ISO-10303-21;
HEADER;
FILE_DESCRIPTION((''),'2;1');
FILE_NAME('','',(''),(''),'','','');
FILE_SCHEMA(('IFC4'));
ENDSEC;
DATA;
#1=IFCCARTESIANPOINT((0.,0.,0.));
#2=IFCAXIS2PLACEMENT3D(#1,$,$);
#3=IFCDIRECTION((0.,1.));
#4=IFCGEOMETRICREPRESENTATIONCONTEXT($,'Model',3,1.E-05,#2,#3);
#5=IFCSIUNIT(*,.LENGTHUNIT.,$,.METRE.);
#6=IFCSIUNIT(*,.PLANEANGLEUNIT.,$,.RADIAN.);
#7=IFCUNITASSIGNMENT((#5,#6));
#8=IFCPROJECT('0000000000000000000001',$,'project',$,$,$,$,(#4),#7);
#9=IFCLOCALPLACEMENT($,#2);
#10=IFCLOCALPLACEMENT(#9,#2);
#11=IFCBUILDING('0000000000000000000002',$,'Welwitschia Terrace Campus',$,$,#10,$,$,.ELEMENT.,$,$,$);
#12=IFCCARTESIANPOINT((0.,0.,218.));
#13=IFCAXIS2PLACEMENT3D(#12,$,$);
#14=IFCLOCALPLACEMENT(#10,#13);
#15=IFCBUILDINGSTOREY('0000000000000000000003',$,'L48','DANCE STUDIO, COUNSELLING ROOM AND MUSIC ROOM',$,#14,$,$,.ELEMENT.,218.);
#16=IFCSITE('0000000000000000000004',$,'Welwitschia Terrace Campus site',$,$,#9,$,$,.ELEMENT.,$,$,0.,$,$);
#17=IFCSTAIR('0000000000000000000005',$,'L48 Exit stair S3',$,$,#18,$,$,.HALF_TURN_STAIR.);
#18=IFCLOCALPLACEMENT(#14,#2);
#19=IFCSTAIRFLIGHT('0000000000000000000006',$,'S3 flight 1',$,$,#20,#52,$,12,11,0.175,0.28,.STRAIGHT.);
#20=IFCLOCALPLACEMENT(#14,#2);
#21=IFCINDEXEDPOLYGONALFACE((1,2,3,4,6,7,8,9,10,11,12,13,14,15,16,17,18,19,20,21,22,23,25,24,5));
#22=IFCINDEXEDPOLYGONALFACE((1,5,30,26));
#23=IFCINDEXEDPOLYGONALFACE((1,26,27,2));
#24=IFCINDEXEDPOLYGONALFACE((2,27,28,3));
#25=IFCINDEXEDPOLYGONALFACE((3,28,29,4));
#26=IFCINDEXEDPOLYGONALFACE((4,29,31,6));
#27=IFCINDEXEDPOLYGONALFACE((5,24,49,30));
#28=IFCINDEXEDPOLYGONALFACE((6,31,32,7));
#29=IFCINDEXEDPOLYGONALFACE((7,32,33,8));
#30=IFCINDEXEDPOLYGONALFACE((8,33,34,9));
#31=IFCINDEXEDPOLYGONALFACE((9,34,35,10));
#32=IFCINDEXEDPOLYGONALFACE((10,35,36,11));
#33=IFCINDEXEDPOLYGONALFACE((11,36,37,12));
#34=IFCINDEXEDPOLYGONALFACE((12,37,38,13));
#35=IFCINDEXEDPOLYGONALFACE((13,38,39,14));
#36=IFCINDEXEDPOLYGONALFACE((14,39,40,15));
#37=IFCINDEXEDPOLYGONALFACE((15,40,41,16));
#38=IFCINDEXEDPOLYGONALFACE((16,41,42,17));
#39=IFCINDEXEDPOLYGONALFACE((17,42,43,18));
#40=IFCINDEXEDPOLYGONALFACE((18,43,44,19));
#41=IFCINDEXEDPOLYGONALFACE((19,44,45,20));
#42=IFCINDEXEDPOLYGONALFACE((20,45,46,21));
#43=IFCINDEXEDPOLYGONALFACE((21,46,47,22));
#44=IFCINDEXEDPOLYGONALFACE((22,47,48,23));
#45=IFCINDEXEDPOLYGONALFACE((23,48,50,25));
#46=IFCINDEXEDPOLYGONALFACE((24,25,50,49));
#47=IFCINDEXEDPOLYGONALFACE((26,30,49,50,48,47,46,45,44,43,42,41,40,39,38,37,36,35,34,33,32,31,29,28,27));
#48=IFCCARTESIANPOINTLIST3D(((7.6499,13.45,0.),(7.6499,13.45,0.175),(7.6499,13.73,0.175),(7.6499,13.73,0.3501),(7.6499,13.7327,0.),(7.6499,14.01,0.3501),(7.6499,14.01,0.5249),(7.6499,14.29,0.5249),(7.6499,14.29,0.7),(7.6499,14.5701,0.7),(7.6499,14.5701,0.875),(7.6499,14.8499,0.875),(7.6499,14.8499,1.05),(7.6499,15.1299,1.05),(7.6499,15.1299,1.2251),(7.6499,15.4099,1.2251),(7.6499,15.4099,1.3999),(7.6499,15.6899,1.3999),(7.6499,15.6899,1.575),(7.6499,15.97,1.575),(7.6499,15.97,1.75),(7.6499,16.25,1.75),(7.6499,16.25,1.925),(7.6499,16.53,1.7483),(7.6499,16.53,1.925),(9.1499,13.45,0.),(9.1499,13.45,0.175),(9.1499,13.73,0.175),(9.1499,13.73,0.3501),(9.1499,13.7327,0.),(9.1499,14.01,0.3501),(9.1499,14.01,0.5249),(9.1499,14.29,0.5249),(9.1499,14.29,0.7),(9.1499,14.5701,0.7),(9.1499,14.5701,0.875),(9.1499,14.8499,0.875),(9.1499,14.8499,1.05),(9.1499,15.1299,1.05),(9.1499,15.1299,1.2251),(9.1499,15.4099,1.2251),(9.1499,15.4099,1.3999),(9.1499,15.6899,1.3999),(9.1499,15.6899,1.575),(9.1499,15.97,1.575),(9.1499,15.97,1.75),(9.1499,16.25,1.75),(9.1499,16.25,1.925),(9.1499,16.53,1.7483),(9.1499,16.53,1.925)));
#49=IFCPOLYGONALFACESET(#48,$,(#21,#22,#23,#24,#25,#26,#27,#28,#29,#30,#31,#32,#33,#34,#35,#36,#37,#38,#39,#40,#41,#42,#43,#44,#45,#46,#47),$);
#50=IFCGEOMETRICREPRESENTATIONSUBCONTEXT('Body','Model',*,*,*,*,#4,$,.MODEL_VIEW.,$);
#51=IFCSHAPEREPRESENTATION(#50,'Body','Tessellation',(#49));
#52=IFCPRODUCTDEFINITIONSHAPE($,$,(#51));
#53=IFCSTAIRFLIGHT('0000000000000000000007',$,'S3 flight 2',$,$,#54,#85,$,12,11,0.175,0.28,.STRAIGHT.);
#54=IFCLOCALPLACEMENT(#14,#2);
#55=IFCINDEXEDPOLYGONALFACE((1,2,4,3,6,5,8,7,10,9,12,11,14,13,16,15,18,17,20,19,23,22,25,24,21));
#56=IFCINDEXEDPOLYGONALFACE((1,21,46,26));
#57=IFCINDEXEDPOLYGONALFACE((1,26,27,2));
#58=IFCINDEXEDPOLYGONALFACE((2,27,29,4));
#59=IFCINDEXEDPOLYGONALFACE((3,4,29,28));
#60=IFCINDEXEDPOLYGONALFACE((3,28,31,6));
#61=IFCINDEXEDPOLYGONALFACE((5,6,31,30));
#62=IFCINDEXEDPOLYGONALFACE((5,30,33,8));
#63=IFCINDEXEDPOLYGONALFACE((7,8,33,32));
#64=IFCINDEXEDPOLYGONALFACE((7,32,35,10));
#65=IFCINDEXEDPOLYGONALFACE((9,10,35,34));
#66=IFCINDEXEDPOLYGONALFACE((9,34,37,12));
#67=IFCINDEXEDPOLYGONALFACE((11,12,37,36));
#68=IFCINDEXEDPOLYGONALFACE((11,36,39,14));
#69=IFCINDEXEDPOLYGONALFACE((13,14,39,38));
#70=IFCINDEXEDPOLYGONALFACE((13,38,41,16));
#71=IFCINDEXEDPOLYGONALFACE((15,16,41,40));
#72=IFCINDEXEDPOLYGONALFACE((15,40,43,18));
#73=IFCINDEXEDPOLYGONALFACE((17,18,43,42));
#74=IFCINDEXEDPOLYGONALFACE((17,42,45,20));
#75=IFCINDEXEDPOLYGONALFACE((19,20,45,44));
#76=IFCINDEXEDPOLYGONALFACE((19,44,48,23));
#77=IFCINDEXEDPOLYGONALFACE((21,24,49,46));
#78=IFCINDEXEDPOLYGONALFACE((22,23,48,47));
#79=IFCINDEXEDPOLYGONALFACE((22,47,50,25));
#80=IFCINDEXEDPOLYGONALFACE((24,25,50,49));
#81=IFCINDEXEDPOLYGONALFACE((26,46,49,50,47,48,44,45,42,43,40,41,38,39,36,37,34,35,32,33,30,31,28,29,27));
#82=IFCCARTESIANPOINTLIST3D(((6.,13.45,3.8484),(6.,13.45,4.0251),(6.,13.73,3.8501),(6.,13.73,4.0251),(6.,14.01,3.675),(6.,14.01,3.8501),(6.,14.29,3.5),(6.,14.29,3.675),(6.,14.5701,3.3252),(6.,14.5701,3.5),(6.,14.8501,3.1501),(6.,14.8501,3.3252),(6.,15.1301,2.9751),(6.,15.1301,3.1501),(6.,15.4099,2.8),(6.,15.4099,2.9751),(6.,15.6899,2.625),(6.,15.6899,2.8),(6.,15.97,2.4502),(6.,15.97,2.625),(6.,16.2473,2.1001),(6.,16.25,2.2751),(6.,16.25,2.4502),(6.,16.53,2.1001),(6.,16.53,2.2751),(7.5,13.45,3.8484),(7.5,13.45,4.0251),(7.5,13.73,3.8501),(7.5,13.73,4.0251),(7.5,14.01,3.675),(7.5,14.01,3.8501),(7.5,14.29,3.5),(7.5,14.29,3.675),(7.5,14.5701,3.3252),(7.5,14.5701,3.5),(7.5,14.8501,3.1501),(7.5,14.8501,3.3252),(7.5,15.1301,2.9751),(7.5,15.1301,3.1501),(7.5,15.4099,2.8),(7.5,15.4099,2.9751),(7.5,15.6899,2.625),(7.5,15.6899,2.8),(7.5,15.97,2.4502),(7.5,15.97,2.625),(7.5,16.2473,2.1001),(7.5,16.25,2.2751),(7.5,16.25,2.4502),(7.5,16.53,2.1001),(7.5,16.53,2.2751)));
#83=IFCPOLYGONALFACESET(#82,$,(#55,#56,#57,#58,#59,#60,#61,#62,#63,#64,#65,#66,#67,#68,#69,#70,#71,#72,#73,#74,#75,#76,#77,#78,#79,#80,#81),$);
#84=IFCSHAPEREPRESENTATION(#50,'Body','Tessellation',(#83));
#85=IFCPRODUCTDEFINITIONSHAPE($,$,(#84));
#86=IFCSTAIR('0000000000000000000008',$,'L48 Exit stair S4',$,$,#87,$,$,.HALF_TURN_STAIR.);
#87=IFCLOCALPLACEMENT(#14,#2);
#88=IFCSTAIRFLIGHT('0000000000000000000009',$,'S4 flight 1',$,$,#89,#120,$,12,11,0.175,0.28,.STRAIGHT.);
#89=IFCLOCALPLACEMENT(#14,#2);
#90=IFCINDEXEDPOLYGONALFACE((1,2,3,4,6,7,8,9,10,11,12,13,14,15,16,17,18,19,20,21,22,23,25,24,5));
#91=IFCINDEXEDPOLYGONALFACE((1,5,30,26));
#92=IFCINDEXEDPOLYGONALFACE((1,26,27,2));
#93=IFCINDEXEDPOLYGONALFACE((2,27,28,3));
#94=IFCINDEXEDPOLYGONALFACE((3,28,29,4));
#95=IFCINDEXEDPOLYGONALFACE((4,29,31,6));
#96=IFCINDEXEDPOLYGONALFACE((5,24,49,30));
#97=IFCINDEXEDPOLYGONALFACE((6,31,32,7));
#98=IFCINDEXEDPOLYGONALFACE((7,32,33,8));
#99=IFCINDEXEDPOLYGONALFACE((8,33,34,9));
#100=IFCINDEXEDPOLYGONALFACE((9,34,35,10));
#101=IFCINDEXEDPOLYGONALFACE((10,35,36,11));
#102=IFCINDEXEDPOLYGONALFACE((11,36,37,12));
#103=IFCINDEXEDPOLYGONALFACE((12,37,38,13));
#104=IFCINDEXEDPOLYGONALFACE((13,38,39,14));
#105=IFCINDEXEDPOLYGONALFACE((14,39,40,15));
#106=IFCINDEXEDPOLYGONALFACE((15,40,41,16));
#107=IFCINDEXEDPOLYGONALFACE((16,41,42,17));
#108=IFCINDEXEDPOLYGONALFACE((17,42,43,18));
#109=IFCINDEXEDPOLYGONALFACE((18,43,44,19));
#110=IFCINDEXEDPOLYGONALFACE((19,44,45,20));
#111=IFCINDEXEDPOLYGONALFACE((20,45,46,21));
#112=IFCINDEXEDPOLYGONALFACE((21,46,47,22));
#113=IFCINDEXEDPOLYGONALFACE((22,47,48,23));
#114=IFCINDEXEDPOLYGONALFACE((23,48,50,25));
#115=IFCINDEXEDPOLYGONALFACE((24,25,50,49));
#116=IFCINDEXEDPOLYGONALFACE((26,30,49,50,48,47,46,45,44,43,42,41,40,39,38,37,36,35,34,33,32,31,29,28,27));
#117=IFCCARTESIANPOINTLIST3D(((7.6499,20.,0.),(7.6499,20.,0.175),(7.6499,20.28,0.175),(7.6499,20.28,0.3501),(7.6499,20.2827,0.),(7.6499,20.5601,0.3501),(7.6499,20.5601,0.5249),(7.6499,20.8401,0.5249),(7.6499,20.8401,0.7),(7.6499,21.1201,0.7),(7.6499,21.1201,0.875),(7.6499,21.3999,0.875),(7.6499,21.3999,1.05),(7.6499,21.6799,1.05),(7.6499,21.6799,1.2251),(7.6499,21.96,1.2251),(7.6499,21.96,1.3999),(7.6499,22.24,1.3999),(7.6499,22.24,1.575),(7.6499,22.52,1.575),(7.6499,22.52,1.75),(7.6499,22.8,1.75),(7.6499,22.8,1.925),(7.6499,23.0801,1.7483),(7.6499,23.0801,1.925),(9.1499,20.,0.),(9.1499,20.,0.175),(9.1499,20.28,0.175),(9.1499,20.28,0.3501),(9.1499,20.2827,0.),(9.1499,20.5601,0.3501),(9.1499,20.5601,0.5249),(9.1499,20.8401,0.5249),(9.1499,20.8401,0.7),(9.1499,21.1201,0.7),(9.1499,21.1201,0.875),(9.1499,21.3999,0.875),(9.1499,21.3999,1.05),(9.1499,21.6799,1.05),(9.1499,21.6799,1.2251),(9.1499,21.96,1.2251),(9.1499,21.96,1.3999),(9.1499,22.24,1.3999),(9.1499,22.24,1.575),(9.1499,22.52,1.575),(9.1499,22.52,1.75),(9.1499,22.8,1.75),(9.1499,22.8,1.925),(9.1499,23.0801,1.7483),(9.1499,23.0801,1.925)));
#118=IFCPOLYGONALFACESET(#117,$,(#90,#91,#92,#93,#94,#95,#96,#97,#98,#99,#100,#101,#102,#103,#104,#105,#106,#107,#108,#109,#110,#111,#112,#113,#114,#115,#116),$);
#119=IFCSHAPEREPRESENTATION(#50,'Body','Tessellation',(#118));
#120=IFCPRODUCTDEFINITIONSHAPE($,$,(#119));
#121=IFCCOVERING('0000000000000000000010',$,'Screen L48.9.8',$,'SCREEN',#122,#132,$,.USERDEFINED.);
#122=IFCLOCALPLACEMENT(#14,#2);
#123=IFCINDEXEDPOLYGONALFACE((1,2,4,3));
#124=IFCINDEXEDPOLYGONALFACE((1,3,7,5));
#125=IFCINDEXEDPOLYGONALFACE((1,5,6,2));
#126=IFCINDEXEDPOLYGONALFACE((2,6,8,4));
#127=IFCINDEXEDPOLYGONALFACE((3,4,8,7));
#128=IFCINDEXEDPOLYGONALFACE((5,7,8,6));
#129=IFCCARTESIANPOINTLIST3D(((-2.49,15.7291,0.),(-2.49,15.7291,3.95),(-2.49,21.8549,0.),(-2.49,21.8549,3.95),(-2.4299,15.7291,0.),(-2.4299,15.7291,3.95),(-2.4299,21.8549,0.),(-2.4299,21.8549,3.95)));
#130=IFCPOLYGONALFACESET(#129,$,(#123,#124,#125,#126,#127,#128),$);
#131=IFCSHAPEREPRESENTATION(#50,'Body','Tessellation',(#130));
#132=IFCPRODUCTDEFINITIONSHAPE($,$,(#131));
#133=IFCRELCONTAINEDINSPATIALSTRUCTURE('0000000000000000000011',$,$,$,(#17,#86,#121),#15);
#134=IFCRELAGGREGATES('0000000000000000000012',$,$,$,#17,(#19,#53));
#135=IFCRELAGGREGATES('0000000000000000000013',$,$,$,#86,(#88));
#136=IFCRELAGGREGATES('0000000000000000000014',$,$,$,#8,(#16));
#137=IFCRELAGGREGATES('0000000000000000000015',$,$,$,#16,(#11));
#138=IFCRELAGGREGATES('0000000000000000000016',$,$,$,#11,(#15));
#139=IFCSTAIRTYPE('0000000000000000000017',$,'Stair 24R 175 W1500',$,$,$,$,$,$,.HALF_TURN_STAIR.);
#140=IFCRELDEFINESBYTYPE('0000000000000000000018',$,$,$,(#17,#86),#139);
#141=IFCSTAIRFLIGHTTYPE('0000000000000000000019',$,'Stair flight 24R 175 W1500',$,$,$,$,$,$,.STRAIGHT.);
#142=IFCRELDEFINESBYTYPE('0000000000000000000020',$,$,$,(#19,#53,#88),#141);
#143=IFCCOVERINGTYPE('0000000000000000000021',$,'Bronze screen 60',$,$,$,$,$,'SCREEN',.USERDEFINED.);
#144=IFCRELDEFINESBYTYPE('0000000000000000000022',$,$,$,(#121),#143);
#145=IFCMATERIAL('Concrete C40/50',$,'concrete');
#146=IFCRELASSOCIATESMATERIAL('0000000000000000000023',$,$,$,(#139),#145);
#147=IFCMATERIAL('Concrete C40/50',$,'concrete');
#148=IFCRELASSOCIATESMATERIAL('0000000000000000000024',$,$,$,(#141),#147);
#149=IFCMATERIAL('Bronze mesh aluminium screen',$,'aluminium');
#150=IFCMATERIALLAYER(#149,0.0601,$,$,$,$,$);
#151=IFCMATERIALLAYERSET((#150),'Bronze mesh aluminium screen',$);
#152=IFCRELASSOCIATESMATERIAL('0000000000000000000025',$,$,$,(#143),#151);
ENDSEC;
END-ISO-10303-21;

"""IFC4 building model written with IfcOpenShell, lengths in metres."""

from ifc_helpers import new_model, si_unit, direction, frame, origin, origin_2d, place, context, subcontext, project, spatial, polyline, rectangle, outline, extrude, material, layer, layer_set, type_object, element, aggregate, save


model = new_model("IFC4")

# Units and contexts
model_context = context("Model", 3, precision=1e-05, world=origin(), true_north=direction((0.0, 1.0)))
body_context = subcontext(model_context, "Body", "Model", "MODEL_VIEW")
ifc_project = project(units=[si_unit("LENGTHUNIT", "METRE"), si_unit("PLANEANGLEUNIT", "RADIAN")], contexts=[model_context])

# Site, building, storey
site_placement = place(None, origin())
site = spatial("IfcSite", under=ifc_project, at=site_placement, Name="Welwitschia Terrace Campus site", CompositionType="ELEMENT", RefElevation=0.0)
building_placement = place(site_placement, origin())
building = spatial("IfcBuilding", under=site, at=building_placement, Name="Welwitschia Terrace Campus", CompositionType="ELEMENT")
storey_placement = place(building_placement, frame((0.0, 0.0, 218.0)))
storey = spatial("IfcBuildingStorey", under=building, at=storey_placement, Name="L48", Description="DANCE STUDIO, COUNSELLING ROOM AND MUSIC ROOM", CompositionType="ELEMENT", Elevation=218.0)

# Stair, stair flights
ifc_material_1 = material(Name="Concrete C40/50", Category="concrete")
stair_type = type_object("IfcStairType", Name="Stair 24R 175 W1500", PredefinedType="HALF_TURN_STAIR", material=ifc_material_1)
stair_1_placement = place(storey_placement, origin())
stair_1 = element("IfcStair", 1, at=stair_1_placement, inside=storey, type_object=stair_type, Name="L48 Exit stair S3", PredefinedType="HALF_TURN_STAIR")
ifc_material_2 = material(Name="Concrete C40/50", Category="concrete")
stair_flight_type = type_object("IfcStairFlightType", Name="Stair flight 24R 175 W1500", PredefinedType="STRAIGHT", material=ifc_material_2)
stair_flight_1_placement = place(storey_placement, frame((8.3999, 13.45, 0.0), z_axis=(0.0, 0.0, 1.0), x_axis=(0.0, 1.0, 0.0)))
stair_flight_1 = element("IfcStairFlight", 2, at=stair_flight_1_placement, type_object=stair_flight_type, Name="S3 flight 1", NumberOfRisers=12, NumberOfTreads=11, PredefinedType="STRAIGHT", RiserHeight=0.175, TreadLength=0.28, context=body_context, shape_type="SweptSolid", body=[
    extrude(outline(polyline([(0.0, 0.0), (0.0, 0.175), (0.28, 0.175), (0.28, 0.3501), (0.5601, 0.3501), (0.5601, 0.5249), (0.8401, 0.5249), (0.8401, 0.7), (1.1201, 0.7), (1.1201, 0.875), (1.3999, 0.875), (1.3999, 1.05), (1.6799, 1.05), (1.6799, 1.2251), (1.96, 1.2251), (1.96, 1.3999), (2.24, 1.3999), (2.24, 1.575), (2.52, 1.575), (2.52, 1.75), (2.8, 1.75), (2.8, 1.925), (3.0801, 1.925), (3.0801, 2.1001), (3.0801, 1.7483), (0.2827, 0.0), (0.0, 0.0)])), frame((0.0, 0.75, 0.0), z_axis=(0.0, -1.0, 0.0), x_axis=(1.0, 0.0, 0.0)), (0.0, 0.0, 1.0), 1.5),
])
stair_flight_2_placement = place(storey_placement, frame((6.75, 16.53, 2.1001), z_axis=(0.0, 0.0, 1.0), x_axis=(0.0, -1.0, 0.0)))
stair_flight_2 = element("IfcStairFlight", 3, at=stair_flight_2_placement, type_object=stair_flight_type, Name="S3 flight 2", NumberOfRisers=12, NumberOfTreads=11, PredefinedType="STRAIGHT", RiserHeight=0.175, TreadLength=0.28, context=body_context, shape_type="SweptSolid", body=[
    extrude(outline(polyline([(0.0, 0.0), (0.0, 0.175), (0.28, 0.175), (0.28, 0.3501), (0.5601, 0.3501), (0.5601, 0.5249), (0.8401, 0.5249), (0.8401, 0.7), (1.1201, 0.7), (1.1201, 0.875), (1.3999, 0.875), (1.3999, 1.05), (1.6799, 1.05), (1.6799, 1.2251), (1.96, 1.2251), (1.96, 1.3999), (2.24, 1.3999), (2.24, 1.575), (2.52, 1.575), (2.52, 1.75), (2.8, 1.75), (2.8, 1.925), (3.0801, 1.925), (3.0801, 2.1001), (3.0801, 1.7483), (0.2827, 0.0), (0.0, 0.0)])), frame((0.0, 0.75, 0.0), z_axis=(0.0, -1.0, 0.0), x_axis=(1.0, 0.0, 0.0)), (0.0, 0.0, 1.0), 1.5),
])
aggregate(stair_1, [stair_flight_1, stair_flight_2])

# Stair, stair flight
stair_2_placement = place(storey_placement, origin())
stair_2 = element("IfcStair", 4, at=stair_2_placement, inside=storey, type_object=stair_type, Name="L48 Exit stair S4", PredefinedType="HALF_TURN_STAIR")
stair_flight_3_placement = place(storey_placement, frame((8.3999, 20.0, 0.0), z_axis=(0.0, 0.0, 1.0), x_axis=(0.0, 1.0, 0.0)))
stair_flight_3 = element("IfcStairFlight", 5, at=stair_flight_3_placement, type_object=stair_flight_type, Name="S4 flight 1", NumberOfRisers=12, NumberOfTreads=11, PredefinedType="STRAIGHT", RiserHeight=0.175, TreadLength=0.28, context=body_context, shape_type="SweptSolid", body=[
    extrude(outline(polyline([(0.0, 0.0), (0.0, 0.175), (0.28, 0.175), (0.28, 0.3501), (0.5601, 0.3501), (0.5601, 0.5249), (0.8401, 0.5249), (0.8401, 0.7), (1.1201, 0.7), (1.1201, 0.875), (1.3999, 0.875), (1.3999, 1.05), (1.6799, 1.05), (1.6799, 1.2251), (1.96, 1.2251), (1.96, 1.3999), (2.24, 1.3999), (2.24, 1.575), (2.52, 1.575), (2.52, 1.75), (2.8, 1.75), (2.8, 1.925), (3.0801, 1.925), (3.0801, 2.1001), (3.0801, 1.7483), (0.2827, 0.0), (0.0, 0.0)])), frame((0.0, 0.75, 0.0), z_axis=(0.0, -1.0, 0.0), x_axis=(1.0, 0.0, 0.0)), (0.0, 0.0, 1.0), 1.5),
])
aggregate(stair_2, [stair_flight_3])

# Covering
ifc_material_3 = material(Name="Bronze mesh aluminium screen", Category="aluminium")
ifc_layer_1 = layer(ifc_material_3, 0.0601)
ifc_layer_set_1 = layer_set([ifc_layer_1], Name="Bronze mesh aluminium screen")
covering_type = type_object("IfcCoveringType", Name="Bronze screen 60", ElementType="SCREEN", PredefinedType="USERDEFINED", material=ifc_layer_set_1)
covering_placement = place(storey_placement, frame((-2.46, 18.792, 0.0), z_axis=(0.0, 0.0, 1.0), x_axis=(0.0, -1.0, 0.0)))
element("IfcCovering", 6, at=covering_placement, inside=storey, type_object=covering_type, Name="Screen L48.9.8", ObjectType="SCREEN", PredefinedType="USERDEFINED", context=body_context, shape_type="SweptSolid", body=[
    extrude(rectangle(XDim=6.1257, YDim=0.0601, at=origin_2d()), origin(), (0.0, 0.0, 1.0), 3.95),
])

save(model, "model.ifc")
